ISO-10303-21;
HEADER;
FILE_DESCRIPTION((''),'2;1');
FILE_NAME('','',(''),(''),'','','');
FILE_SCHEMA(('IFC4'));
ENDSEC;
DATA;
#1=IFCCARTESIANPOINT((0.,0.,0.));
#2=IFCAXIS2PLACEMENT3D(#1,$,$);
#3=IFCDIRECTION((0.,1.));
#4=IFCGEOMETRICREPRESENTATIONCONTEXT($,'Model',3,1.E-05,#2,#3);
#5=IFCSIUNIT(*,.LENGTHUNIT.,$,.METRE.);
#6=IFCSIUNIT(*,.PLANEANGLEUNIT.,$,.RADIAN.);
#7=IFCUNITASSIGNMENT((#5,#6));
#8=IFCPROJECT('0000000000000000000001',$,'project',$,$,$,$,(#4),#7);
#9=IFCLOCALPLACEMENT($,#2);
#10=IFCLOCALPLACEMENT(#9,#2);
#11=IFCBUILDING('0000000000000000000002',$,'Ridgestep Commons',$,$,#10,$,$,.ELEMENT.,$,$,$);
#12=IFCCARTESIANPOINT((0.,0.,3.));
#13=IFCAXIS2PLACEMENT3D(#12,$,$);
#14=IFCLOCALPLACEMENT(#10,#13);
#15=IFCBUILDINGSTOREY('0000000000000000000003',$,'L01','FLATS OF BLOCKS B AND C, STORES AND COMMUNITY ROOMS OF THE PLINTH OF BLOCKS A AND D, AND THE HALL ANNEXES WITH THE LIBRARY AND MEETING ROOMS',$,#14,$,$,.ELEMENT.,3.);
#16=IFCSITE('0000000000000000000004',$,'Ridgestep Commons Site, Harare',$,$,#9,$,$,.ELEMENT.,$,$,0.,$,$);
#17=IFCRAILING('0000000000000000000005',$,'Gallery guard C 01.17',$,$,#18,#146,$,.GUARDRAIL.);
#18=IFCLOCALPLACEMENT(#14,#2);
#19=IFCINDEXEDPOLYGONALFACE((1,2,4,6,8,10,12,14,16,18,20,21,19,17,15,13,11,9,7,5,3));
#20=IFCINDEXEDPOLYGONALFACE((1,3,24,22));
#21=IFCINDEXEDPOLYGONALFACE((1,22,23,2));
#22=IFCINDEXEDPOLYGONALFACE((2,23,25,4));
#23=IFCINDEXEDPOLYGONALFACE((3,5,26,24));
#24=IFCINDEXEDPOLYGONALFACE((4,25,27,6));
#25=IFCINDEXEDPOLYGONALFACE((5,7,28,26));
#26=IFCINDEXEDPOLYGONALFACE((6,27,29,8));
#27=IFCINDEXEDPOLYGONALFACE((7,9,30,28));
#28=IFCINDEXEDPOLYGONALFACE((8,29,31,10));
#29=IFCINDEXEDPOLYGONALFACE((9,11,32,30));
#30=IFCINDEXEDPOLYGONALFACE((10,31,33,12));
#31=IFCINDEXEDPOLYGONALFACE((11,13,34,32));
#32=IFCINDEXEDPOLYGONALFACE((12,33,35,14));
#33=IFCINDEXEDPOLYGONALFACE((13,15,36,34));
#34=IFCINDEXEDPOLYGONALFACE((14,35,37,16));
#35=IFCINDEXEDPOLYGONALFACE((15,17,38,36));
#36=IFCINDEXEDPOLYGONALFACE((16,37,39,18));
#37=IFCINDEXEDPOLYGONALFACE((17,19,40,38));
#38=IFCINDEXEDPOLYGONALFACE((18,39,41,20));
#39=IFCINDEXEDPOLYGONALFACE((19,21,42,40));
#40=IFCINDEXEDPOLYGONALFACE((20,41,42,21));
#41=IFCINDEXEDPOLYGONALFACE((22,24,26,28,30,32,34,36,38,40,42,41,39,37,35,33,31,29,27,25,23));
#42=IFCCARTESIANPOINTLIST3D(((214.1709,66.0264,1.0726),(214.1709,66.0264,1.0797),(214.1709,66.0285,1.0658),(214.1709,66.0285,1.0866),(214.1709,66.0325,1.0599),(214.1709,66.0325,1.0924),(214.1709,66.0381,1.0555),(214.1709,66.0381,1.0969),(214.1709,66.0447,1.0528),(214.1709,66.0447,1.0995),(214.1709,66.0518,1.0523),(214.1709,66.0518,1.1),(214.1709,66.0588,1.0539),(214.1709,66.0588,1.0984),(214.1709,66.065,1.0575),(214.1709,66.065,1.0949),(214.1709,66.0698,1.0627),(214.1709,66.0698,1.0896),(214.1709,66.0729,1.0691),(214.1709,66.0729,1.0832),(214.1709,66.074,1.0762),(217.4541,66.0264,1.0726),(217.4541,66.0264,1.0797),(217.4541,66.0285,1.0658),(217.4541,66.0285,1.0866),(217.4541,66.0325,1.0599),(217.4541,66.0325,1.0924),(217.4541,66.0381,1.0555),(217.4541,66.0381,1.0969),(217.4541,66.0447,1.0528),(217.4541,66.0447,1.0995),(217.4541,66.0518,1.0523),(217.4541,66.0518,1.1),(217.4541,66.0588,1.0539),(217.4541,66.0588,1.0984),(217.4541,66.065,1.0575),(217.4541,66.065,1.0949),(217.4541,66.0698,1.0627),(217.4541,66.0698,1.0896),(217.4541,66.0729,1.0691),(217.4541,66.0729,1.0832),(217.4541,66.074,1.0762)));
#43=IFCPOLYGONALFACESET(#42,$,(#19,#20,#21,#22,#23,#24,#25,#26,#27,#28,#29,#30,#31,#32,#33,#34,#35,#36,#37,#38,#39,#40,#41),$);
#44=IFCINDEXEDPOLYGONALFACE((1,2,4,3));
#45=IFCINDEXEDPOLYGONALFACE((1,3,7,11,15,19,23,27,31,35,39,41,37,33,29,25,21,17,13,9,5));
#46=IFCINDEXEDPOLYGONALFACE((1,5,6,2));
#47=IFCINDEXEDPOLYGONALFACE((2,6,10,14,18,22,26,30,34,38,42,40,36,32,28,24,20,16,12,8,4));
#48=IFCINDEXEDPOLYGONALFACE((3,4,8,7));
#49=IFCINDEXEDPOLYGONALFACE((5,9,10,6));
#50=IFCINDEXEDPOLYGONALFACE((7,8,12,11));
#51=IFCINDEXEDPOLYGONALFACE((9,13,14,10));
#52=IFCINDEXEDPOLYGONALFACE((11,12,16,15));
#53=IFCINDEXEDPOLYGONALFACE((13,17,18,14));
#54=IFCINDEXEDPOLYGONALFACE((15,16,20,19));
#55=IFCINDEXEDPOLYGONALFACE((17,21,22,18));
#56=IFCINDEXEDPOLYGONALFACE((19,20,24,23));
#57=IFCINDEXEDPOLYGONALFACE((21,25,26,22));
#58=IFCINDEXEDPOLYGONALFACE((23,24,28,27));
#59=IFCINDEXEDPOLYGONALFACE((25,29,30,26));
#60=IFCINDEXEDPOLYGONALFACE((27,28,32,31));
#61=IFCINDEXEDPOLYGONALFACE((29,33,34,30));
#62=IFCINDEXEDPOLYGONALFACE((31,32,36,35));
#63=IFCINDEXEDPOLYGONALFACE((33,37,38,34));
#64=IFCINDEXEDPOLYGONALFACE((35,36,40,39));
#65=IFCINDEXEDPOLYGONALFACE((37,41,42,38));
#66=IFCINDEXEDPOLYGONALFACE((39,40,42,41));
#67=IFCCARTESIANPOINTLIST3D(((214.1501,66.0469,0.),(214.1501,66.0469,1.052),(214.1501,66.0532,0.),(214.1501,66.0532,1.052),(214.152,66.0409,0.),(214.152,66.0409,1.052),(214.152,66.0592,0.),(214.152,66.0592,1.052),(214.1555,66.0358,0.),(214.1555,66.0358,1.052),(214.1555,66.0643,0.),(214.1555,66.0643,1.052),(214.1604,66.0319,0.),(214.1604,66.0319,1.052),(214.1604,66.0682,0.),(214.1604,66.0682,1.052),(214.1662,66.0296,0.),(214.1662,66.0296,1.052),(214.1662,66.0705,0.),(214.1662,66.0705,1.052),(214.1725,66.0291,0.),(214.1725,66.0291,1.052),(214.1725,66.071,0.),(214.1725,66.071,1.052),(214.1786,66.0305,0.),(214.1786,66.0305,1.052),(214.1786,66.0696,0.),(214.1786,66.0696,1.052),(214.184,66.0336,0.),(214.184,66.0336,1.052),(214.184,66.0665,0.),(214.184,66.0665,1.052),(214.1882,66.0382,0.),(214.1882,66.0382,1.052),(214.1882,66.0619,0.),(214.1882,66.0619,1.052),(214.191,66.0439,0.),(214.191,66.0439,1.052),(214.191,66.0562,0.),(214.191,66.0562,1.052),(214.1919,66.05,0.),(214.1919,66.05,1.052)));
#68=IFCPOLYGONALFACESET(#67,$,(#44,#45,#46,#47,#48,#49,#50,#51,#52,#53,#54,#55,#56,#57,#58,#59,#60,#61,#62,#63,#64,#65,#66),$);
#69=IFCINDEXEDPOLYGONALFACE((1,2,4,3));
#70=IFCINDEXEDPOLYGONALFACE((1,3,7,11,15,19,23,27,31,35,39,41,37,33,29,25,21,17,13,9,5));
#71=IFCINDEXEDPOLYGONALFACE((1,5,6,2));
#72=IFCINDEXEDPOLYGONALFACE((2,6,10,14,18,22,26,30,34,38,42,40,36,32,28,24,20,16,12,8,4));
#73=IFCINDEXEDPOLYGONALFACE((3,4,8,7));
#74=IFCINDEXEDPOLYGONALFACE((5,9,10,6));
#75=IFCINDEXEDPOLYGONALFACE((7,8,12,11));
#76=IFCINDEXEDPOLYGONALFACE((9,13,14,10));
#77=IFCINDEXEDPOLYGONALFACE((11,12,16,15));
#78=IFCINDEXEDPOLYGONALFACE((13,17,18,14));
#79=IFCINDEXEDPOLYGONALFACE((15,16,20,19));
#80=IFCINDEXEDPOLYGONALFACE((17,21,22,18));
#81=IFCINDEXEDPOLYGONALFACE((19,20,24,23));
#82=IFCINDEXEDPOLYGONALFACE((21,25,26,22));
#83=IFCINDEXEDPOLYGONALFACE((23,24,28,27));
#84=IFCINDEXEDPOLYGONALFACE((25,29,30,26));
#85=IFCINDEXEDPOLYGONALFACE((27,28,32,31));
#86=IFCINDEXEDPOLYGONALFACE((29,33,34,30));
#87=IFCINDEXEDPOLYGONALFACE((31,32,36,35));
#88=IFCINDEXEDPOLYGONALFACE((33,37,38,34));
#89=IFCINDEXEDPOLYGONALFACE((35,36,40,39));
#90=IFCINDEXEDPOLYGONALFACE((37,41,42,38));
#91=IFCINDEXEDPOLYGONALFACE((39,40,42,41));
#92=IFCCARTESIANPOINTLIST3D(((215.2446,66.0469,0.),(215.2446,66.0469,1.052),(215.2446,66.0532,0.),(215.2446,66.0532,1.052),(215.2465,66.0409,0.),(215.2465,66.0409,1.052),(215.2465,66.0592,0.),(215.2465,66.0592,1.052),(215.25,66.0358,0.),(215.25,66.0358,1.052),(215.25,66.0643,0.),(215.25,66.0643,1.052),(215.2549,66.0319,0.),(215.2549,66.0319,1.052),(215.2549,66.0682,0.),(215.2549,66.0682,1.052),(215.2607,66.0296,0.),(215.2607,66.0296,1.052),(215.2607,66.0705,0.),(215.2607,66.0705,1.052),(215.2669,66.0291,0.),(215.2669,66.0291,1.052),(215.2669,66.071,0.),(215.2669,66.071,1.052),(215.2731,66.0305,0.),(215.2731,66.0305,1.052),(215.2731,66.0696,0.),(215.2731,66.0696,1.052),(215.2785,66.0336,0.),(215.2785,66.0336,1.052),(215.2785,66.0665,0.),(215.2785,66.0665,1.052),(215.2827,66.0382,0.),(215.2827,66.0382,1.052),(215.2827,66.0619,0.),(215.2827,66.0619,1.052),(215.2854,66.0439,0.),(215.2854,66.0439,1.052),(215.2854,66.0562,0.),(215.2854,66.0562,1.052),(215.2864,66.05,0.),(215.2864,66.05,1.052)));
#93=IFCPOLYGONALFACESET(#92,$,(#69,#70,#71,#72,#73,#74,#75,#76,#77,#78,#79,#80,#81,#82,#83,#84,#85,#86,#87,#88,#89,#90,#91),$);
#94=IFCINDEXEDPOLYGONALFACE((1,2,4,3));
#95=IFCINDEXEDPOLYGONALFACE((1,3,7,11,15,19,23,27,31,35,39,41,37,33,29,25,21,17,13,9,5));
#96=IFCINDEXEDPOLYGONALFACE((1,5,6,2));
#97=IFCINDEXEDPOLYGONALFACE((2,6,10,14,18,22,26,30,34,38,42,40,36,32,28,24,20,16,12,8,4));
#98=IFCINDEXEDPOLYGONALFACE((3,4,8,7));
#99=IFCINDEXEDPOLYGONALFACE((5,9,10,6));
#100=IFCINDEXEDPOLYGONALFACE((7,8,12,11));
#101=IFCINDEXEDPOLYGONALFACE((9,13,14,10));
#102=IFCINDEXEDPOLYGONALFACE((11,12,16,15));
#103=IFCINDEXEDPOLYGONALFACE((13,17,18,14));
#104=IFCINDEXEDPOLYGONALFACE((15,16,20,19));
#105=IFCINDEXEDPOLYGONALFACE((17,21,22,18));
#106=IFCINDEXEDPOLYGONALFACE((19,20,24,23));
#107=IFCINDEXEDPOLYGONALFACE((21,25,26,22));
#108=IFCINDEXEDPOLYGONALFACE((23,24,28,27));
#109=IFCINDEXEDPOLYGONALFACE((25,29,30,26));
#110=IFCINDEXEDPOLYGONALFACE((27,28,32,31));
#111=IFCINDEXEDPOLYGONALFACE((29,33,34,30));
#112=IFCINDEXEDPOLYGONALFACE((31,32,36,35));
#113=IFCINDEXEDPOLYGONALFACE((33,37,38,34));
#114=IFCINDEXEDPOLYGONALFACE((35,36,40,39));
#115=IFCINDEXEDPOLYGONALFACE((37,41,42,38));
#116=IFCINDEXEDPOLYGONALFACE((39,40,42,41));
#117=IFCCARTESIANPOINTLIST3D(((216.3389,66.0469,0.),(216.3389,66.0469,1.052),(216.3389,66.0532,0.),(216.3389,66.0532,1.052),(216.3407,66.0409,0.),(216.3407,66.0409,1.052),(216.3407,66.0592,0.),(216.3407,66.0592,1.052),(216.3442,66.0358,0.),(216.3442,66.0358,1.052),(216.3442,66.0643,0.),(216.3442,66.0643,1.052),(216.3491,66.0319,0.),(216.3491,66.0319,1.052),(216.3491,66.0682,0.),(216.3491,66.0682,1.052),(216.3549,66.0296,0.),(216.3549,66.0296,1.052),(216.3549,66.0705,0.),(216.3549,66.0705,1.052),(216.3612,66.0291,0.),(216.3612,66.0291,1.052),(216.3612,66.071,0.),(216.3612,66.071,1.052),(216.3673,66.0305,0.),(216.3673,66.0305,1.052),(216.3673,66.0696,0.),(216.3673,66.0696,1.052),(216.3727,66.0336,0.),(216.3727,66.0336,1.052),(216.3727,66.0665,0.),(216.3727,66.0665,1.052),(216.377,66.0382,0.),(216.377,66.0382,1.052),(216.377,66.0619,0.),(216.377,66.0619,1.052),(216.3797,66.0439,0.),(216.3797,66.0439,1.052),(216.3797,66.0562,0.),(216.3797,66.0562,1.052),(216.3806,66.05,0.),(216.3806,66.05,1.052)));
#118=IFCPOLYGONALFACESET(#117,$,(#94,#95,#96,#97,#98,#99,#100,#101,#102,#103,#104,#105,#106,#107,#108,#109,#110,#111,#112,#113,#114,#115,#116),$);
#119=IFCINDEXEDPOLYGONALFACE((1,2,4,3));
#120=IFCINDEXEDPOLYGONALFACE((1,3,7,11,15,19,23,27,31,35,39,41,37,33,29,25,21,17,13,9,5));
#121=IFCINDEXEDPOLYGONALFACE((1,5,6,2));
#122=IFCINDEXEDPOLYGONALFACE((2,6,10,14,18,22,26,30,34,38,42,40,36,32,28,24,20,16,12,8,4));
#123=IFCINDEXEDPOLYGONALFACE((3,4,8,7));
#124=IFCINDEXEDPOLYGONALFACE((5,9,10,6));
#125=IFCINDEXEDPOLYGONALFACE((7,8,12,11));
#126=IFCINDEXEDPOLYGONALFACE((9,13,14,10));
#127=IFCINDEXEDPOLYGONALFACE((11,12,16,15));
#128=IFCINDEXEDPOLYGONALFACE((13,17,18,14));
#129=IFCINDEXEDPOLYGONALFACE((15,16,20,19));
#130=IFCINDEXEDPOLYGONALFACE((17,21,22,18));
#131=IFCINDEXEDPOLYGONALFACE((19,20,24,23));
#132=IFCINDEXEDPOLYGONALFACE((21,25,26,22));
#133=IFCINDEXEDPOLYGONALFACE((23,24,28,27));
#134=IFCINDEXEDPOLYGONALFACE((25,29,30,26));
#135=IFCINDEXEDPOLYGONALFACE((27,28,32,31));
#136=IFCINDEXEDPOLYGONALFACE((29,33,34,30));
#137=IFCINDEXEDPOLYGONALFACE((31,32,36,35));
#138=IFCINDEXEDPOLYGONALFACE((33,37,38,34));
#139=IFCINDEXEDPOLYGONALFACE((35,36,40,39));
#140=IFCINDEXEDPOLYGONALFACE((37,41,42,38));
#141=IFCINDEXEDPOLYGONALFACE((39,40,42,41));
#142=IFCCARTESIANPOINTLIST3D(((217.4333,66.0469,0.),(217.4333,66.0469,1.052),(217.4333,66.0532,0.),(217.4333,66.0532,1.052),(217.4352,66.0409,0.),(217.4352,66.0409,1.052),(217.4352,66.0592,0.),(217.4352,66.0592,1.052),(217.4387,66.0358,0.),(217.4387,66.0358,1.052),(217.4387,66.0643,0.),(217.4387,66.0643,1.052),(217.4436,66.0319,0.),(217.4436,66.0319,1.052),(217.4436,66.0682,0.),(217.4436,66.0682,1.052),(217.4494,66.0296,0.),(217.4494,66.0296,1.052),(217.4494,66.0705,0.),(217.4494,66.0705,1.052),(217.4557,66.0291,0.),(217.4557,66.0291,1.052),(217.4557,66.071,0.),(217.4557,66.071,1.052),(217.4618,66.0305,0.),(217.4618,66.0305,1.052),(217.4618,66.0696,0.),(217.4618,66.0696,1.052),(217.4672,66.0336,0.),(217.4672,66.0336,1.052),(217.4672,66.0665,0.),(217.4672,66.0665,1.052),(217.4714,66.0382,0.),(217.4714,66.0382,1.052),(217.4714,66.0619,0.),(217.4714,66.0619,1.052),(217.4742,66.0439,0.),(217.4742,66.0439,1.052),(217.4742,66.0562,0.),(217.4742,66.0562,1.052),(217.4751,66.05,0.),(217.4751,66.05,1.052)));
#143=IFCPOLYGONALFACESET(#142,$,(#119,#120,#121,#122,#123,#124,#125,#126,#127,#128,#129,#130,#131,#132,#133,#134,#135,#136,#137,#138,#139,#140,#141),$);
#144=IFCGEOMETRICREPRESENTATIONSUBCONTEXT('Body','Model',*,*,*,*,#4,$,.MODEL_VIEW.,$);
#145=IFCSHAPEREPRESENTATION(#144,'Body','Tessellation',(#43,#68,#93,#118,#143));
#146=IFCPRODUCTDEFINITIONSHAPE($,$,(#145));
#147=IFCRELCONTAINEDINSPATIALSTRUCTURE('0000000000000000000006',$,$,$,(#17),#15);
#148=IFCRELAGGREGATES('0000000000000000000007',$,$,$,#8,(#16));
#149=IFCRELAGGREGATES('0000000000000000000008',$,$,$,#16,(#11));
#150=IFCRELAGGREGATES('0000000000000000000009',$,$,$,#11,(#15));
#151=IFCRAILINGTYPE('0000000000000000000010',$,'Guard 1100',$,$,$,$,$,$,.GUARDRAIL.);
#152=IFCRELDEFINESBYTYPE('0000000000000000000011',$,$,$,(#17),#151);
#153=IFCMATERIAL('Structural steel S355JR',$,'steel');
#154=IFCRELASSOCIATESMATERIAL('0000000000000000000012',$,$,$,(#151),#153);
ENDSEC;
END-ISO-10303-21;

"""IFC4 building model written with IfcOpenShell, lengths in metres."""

from ifc_helpers import new_model, si_unit, direction, frame, origin, origin_2d, place, context, subcontext, project, spatial, circle, extrude, material, type_object, element, save


model = new_model("IFC4")

# Units and contexts
model_context = context("Model", 3, precision=1e-05, world=origin(), true_north=direction((0.0, 1.0)))
body_context = subcontext(model_context, "Body", "Model", "MODEL_VIEW")
ifc_project = project(units=[si_unit("LENGTHUNIT", "METRE"), si_unit("PLANEANGLEUNIT", "RADIAN")], contexts=[model_context])

# Site, building, storey
site_placement = place(None, origin())
site = spatial("IfcSite", under=ifc_project, at=site_placement, Name="Ridgestep Commons Site, Harare", CompositionType="ELEMENT", RefElevation=0.0)
building_placement = place(site_placement, origin())
building = spatial("IfcBuilding", under=site, at=building_placement, Name="Ridgestep Commons", CompositionType="ELEMENT")
storey_placement = place(building_placement, frame((0.0, 0.0, 3.0)))
storey = spatial("IfcBuildingStorey", under=building, at=storey_placement, Name="L01", Description="FLATS OF BLOCKS B AND C, STORES AND COMMUNITY ROOMS OF THE PLINTH OF BLOCKS A AND D, AND THE HALL ANNEXES WITH THE LIBRARY AND MEETING ROOMS", CompositionType="ELEMENT", Elevation=3.0)

# Railing
ifc_material_1 = material(Name="Structural steel S355JR", Category="steel")
railing_type = type_object("IfcRailingType", Name="Guard 1100", PredefinedType="GUARDRAIL", material=ifc_material_1)
for number, where, name in (
    (1, (214.1709, 66.05, 0.0), "Gallery guard C 01.17"),
):
    element("IfcRailing", number, at=place(storey_placement, frame(where)), inside=storey, type_object=railing_type, Name=name, PredefinedType="GUARDRAIL", context=body_context, shape_type="SweptSolid", body=[
        extrude(circle(Radius=0.0239, at=origin_2d()), frame((0.0, 0.0, 1.0762), z_axis=(1.0, 0.0, 0.0), x_axis=(0.0, 1.0, 0.0)), (0.0, 0.0, 1.0), 3.2832),
        extrude(circle(Radius=0.021, at=origin_2d()), origin(), (0.0, 0.0, 1.0), 1.052),
        extrude(circle(Radius=0.021, at=origin_2d()), frame((1.0945, 0.0, 0.0)), (0.0, 0.0, 1.0), 1.052),
        extrude(circle(Radius=0.021, at=origin_2d()), frame((2.1887, 0.0, 0.0)), (0.0, 0.0, 1.0), 1.052),
        extrude(circle(Radius=0.021, at=origin_2d()), frame((3.2832, 0.0, 0.0)), (0.0, 0.0, 1.0), 1.052),
    ])

save(model, "model.ifc")
